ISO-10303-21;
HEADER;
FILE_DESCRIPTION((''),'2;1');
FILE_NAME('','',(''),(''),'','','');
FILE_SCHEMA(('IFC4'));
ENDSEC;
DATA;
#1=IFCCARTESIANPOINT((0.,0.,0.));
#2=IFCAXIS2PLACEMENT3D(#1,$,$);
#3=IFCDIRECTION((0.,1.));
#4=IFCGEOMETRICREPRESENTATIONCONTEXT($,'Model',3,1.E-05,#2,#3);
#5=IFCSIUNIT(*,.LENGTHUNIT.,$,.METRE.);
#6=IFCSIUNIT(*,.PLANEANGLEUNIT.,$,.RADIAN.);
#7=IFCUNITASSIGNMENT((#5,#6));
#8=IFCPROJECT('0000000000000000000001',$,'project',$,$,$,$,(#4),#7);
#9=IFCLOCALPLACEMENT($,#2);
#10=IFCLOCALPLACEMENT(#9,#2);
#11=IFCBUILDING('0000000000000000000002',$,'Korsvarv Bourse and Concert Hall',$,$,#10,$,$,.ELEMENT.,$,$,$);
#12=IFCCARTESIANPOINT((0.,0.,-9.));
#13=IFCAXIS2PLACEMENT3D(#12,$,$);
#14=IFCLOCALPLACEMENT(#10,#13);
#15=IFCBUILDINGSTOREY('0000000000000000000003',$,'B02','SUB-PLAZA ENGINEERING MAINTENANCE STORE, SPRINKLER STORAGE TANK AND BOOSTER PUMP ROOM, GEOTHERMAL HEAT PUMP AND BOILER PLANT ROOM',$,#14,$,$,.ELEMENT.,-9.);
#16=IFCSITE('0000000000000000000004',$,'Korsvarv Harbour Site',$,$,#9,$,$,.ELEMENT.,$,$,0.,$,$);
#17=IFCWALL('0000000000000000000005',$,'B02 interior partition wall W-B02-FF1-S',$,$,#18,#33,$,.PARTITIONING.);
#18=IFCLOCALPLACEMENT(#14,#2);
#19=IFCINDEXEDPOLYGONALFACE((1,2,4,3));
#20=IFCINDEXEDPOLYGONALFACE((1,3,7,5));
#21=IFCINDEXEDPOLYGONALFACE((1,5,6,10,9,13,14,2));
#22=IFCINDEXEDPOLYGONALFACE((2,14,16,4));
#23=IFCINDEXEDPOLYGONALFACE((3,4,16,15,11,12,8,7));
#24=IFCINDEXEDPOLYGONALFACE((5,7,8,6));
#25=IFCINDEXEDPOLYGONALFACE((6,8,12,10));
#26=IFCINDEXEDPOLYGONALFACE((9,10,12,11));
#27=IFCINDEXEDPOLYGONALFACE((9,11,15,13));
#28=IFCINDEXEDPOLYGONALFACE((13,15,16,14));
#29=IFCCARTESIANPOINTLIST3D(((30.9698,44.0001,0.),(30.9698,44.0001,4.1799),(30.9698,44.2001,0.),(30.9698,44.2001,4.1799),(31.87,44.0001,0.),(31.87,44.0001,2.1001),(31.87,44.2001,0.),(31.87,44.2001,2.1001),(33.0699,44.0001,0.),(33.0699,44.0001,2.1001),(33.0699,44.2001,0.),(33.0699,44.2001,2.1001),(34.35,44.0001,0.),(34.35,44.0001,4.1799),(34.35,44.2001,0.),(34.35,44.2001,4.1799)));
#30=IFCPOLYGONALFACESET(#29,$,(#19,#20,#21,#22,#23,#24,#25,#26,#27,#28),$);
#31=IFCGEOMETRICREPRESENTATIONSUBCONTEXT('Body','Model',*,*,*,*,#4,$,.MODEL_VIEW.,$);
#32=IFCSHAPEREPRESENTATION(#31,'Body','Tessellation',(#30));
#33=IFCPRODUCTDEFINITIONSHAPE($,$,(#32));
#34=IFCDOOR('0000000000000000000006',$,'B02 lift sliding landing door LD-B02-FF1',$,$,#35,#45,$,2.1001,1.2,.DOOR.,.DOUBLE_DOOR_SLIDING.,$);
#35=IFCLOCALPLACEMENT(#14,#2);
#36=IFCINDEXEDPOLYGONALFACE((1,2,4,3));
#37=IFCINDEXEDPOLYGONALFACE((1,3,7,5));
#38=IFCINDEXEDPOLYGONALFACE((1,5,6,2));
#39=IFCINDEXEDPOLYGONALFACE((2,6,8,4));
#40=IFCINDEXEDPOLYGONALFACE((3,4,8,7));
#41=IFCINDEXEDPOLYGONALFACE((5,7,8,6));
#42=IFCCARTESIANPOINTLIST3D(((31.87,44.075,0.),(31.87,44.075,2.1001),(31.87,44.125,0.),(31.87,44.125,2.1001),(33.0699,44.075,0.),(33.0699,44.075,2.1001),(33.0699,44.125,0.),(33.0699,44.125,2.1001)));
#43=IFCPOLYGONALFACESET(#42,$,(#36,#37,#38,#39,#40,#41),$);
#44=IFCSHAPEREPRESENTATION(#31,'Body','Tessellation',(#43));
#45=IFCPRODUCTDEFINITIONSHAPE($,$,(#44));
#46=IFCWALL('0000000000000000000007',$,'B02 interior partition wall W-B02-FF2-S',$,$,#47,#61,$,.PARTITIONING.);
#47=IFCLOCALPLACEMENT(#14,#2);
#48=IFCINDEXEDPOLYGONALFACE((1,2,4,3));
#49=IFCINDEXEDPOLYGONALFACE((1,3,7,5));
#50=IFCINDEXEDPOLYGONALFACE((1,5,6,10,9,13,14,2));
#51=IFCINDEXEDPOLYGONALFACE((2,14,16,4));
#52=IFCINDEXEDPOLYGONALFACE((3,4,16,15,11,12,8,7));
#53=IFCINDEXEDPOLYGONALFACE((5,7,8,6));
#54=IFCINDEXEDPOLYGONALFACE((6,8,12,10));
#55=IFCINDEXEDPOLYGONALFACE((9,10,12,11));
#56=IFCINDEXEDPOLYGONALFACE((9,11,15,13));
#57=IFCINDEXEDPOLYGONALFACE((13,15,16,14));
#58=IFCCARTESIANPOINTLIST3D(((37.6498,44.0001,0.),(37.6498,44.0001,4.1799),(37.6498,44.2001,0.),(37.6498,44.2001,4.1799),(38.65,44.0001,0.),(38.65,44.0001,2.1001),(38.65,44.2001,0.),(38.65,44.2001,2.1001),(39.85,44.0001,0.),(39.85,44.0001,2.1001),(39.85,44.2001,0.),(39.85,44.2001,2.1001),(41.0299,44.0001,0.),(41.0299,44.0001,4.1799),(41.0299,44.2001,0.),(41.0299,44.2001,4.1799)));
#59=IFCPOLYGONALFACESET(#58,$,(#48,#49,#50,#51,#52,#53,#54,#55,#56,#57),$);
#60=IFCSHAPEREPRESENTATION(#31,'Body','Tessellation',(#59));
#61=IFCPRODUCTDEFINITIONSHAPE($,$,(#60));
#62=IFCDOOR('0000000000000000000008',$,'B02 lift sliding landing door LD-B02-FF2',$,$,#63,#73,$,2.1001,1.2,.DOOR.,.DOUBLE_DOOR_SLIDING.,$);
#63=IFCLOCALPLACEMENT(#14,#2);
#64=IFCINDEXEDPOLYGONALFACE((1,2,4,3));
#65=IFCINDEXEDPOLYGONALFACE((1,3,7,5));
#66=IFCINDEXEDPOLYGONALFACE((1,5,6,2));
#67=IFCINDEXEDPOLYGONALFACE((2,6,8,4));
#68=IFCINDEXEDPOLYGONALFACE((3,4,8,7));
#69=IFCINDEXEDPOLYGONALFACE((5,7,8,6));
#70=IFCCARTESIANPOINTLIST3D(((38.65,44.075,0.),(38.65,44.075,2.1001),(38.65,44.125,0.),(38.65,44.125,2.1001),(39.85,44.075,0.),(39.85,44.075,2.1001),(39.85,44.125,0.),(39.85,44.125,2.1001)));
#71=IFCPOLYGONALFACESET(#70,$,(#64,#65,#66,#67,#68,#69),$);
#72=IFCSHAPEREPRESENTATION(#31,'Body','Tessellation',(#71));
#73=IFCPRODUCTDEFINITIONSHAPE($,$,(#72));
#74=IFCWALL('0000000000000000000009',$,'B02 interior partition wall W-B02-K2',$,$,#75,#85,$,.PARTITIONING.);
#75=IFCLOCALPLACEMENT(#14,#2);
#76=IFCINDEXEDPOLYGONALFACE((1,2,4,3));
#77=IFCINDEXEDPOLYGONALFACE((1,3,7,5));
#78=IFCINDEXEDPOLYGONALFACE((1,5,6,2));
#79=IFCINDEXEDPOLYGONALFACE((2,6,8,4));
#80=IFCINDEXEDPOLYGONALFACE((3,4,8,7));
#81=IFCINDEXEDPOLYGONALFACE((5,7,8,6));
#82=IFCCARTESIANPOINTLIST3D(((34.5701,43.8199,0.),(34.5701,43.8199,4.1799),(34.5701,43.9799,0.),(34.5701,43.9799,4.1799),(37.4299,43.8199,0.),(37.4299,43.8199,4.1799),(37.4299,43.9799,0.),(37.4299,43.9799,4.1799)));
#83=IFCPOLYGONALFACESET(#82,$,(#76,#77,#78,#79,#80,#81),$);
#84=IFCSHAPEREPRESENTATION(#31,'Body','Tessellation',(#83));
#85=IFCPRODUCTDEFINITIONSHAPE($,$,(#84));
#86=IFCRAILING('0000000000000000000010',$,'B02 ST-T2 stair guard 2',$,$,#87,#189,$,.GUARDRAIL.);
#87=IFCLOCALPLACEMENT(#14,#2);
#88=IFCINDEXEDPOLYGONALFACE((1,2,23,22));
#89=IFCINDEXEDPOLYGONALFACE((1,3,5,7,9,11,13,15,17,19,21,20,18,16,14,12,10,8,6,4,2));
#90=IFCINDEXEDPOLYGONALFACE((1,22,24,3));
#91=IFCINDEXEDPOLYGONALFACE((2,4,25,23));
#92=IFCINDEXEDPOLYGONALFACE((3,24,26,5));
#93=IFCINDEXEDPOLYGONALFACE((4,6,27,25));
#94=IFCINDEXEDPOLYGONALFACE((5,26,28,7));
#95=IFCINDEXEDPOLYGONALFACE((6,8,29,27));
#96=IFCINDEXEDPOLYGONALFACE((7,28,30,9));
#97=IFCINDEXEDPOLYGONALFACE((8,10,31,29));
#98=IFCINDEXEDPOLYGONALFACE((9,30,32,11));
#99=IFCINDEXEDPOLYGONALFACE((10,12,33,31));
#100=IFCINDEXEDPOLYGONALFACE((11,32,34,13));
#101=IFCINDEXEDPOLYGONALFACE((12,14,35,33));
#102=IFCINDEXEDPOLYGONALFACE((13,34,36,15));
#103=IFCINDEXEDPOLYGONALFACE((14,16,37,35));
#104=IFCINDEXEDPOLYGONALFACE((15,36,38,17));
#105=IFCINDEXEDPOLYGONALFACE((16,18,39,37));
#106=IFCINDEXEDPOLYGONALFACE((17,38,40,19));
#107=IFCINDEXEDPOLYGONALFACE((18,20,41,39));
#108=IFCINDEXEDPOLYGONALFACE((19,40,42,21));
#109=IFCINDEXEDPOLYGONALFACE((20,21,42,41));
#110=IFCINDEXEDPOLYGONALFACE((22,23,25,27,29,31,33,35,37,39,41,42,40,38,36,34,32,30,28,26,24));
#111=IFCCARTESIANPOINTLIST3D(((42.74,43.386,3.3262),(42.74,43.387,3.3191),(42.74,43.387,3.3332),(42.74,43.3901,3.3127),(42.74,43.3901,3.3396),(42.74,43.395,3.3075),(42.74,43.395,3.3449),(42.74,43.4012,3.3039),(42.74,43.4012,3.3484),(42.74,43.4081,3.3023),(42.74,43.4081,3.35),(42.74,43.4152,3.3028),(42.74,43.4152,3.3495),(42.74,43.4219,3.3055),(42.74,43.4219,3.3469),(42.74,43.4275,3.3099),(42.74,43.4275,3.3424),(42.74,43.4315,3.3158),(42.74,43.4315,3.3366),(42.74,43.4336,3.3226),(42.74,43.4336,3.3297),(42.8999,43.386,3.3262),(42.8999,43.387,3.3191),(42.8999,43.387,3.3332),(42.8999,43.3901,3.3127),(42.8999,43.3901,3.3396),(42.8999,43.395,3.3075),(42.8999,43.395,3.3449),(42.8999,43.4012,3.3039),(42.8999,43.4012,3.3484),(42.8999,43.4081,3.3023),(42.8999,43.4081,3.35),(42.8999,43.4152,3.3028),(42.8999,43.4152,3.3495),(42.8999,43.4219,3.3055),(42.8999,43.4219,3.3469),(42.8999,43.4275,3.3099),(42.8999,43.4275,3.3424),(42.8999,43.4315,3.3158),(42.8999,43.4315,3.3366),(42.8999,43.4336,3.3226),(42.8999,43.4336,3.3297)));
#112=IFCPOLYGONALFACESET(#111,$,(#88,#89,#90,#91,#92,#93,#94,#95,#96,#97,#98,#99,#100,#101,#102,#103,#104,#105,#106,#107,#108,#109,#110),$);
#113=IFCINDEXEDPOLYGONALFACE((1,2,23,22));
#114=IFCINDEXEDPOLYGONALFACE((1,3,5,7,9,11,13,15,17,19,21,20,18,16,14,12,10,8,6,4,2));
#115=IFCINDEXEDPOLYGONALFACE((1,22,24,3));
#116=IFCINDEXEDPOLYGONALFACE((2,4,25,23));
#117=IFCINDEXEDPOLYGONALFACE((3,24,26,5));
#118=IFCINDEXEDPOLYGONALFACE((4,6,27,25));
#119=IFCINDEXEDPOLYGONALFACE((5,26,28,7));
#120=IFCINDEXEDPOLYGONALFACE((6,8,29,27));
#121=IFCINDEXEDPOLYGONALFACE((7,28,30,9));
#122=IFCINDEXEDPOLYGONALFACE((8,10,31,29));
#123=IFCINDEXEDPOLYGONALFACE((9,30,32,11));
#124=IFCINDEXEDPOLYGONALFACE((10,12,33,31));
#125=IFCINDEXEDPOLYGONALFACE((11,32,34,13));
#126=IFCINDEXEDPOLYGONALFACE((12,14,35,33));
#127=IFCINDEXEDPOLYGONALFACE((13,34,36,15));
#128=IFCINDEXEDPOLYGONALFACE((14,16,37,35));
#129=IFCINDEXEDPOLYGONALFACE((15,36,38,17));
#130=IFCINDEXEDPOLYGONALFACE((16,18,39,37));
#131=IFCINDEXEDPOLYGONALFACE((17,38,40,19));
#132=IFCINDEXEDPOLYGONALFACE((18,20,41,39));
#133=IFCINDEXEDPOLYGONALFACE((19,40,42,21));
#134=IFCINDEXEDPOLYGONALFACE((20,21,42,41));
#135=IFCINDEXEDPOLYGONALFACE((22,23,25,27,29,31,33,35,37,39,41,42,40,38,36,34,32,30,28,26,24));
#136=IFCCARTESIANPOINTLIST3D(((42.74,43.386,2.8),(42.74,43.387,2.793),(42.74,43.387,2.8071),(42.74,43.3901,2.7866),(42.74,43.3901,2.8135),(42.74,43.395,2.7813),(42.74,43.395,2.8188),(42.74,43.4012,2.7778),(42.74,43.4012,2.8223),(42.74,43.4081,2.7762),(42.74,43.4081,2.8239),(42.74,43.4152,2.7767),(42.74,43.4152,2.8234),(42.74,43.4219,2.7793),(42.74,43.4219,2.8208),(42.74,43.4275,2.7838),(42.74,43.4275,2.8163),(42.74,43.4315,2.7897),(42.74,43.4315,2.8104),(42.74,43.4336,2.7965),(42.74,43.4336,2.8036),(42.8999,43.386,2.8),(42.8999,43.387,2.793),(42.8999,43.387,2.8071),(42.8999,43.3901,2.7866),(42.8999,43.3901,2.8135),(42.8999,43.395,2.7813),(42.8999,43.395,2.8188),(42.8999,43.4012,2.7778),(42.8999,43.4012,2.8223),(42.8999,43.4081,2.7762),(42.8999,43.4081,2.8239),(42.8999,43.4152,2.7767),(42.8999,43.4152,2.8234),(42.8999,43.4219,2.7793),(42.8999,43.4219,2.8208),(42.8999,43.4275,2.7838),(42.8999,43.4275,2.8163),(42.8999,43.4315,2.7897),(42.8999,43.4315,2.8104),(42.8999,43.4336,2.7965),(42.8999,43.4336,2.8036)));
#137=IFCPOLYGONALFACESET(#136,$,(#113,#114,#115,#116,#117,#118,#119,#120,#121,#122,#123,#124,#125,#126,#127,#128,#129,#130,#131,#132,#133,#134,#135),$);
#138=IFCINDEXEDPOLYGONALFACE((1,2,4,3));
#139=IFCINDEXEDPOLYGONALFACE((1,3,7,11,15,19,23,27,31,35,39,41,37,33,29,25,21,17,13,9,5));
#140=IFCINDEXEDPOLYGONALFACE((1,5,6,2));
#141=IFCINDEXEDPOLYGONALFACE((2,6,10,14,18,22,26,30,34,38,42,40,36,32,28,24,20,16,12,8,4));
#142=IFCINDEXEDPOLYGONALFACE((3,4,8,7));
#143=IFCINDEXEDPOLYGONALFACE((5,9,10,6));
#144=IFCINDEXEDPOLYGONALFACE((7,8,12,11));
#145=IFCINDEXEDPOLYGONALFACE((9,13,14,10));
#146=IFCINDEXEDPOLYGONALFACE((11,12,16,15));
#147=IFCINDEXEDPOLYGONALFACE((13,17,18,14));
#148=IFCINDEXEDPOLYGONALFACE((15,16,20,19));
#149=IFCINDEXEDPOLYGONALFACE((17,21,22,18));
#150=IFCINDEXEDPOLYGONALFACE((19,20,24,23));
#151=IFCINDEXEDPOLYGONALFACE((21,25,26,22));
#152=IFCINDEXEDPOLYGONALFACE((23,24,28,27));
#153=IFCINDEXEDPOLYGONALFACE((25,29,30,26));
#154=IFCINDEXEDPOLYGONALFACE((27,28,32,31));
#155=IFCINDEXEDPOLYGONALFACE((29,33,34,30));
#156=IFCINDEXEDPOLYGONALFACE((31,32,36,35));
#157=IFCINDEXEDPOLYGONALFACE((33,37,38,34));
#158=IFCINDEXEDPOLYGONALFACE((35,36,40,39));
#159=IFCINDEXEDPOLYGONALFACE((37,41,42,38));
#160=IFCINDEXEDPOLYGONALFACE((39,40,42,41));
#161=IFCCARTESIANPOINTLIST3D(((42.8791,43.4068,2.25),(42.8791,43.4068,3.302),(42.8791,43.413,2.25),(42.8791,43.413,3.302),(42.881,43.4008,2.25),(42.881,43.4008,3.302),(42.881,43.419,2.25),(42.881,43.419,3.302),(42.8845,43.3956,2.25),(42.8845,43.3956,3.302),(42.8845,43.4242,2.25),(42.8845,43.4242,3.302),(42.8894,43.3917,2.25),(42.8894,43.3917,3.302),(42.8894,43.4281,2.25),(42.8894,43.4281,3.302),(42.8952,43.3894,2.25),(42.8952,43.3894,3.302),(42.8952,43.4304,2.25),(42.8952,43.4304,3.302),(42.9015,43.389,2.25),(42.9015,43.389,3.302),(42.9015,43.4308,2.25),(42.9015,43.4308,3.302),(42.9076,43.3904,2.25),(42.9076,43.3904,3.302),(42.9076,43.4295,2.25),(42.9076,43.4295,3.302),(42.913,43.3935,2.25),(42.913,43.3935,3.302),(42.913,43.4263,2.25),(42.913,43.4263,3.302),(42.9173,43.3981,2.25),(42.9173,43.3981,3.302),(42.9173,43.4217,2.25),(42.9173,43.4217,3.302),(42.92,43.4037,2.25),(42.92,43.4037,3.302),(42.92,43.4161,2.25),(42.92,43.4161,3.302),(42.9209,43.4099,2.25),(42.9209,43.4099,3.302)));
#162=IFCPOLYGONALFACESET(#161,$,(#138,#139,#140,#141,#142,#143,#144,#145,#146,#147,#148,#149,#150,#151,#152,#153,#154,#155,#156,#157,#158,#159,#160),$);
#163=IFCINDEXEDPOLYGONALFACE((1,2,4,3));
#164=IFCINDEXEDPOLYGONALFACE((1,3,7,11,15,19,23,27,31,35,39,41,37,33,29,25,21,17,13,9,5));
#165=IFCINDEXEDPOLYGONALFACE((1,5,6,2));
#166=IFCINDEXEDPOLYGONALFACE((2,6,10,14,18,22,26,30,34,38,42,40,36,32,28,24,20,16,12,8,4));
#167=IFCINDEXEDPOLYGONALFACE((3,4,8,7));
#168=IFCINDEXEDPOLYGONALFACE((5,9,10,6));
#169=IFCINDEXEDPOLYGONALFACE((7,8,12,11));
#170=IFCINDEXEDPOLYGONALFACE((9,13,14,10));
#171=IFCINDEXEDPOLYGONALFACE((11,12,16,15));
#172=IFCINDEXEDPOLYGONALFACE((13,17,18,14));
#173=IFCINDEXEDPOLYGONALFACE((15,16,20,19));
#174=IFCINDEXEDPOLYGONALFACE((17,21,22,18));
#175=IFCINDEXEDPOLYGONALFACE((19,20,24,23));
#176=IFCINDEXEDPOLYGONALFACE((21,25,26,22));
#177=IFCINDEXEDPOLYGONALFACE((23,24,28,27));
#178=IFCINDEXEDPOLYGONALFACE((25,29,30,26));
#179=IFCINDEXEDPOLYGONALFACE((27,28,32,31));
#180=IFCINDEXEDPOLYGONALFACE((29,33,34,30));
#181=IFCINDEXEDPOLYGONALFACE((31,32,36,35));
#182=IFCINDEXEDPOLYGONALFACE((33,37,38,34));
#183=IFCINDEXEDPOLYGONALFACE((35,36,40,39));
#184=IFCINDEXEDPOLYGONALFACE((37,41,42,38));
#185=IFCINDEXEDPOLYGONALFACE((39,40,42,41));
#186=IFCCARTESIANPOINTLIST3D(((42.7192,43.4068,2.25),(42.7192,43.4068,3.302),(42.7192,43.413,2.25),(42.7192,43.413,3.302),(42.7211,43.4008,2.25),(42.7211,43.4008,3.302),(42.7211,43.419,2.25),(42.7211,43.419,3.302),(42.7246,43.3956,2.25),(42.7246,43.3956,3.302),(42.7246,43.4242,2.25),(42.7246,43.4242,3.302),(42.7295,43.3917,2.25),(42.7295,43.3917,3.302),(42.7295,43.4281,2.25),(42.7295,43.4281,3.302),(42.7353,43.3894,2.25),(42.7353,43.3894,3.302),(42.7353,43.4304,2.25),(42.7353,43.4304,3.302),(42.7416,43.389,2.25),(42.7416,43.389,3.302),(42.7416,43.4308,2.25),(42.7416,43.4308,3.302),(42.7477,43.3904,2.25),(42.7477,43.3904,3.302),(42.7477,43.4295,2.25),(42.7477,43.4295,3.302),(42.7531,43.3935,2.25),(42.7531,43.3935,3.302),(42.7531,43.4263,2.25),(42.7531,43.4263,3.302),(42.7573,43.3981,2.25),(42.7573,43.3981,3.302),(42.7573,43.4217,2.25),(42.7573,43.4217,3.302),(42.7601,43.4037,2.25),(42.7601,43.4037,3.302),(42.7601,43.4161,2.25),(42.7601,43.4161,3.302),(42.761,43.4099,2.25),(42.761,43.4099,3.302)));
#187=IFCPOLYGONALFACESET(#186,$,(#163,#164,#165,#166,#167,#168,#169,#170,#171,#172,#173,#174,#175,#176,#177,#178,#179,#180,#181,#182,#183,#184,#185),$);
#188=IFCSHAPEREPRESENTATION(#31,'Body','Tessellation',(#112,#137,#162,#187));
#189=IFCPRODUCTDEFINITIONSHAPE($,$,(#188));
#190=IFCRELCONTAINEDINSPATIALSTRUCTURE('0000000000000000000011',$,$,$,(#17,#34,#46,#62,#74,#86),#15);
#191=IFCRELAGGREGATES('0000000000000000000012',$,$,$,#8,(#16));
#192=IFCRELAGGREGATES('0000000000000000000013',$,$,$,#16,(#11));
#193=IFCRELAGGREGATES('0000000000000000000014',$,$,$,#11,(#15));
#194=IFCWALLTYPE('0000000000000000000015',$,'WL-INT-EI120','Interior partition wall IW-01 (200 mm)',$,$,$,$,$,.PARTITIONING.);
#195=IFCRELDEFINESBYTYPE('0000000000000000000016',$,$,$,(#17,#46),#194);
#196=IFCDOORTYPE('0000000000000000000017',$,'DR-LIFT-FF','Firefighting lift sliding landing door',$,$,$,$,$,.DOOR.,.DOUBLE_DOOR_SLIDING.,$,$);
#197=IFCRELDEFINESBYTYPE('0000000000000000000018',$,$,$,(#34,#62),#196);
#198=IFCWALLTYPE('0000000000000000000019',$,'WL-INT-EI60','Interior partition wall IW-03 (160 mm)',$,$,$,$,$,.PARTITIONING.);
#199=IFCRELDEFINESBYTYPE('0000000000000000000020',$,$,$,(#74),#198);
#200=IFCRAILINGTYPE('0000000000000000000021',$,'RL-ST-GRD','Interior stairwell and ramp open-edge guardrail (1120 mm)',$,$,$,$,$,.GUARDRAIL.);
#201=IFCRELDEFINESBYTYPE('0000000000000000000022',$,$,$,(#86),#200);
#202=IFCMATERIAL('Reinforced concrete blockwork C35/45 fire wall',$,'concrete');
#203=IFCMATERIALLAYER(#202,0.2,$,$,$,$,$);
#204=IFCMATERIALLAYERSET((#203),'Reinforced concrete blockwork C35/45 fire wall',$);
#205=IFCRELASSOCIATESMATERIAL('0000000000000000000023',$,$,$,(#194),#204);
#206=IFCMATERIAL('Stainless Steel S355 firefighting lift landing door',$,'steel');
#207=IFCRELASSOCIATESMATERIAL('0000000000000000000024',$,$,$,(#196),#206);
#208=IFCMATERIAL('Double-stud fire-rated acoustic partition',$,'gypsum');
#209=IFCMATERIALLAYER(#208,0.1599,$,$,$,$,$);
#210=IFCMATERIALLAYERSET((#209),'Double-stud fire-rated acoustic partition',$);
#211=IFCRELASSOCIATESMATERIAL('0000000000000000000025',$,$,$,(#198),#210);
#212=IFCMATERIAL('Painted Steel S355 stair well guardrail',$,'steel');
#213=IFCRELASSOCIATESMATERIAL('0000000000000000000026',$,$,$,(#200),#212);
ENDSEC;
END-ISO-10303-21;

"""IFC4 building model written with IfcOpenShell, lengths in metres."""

from ifc_helpers import new_model, si_unit, direction, frame, frame_2d, origin, origin_2d, place, context, subcontext, project, spatial, rectangle, circle, extrude, material, layer, layer_set, type_object, element, fill, save


model = new_model("IFC4")

# Units and contexts
model_context = context("Model", 3, precision=1e-05, world=origin(), true_north=direction((0.0, 1.0)))
body_context = subcontext(model_context, "Body", "Model", "MODEL_VIEW")
ifc_project = project(units=[si_unit("LENGTHUNIT", "METRE"), si_unit("PLANEANGLEUNIT", "RADIAN")], contexts=[model_context])

# Site, building, storey
site_placement = place(None, origin())
site = spatial("IfcSite", under=ifc_project, at=site_placement, Name="Korsvarv Harbour Site", CompositionType="ELEMENT", RefElevation=0.0)
building_placement = place(site_placement, origin())
building = spatial("IfcBuilding", under=site, at=building_placement, Name="Korsvarv Bourse and Concert Hall", CompositionType="ELEMENT")
storey_placement = place(building_placement, frame((0.0, 0.0, -9.0)))
storey = spatial("IfcBuildingStorey", under=building, at=storey_placement, Name="B02", Description="SUB-PLAZA ENGINEERING MAINTENANCE STORE, SPRINKLER STORAGE TANK AND BOOSTER PUMP ROOM, GEOTHERMAL HEAT PUMP AND BOILER PLANT ROOM", CompositionType="ELEMENT", Elevation=-9.0)

# Walls, openings, doors
ifc_material_1 = material(Name="Reinforced concrete blockwork C35/45 fire wall", Category="concrete")
ifc_layer_1 = layer(ifc_material_1, 0.2)
ifc_layer_set_1 = layer_set([ifc_layer_1], Name="Reinforced concrete blockwork C35/45 fire wall")
wall_type_1 = type_object("IfcWallType", Name="WL-INT-EI120", Description="Interior partition wall IW-01 (200 mm)", PredefinedType="PARTITIONING", material=ifc_layer_set_1)
wall_1_placement = place(storey_placement, frame((30.97, 44.1001, 0.0), z_axis=(0.0, 0.0, 1.0), x_axis=(1.0, 0.0, 0.0)))
wall_1 = element("IfcWall", 1, at=wall_1_placement, inside=storey, type_object=wall_type_1, Name="B02 interior partition wall W-B02-FF1-S", PredefinedType="PARTITIONING", context=body_context, shape_type="SweptSolid", body=[
    extrude(rectangle(XDim=3.3801, YDim=0.2, at=frame_2d((1.6899, 0.0))), origin(), (0.0, 0.0, 1.0), 4.1799),
])
opening_1_placement = place(wall_1_placement, frame((0.8999, 0.0, 0.0)))
opening_1 = element("IfcOpeningElement", 2, at=opening_1_placement, cuts=wall_1, PredefinedType="OPENING", context=body_context, shape_type="SweptSolid", body=[
    extrude(rectangle(XDim=1.2, YDim=2.1001, at=frame_2d((0.6001, 1.05))), frame((0.0, 0.1099, 0.0), z_axis=(0.0, -1.0, 0.0), x_axis=(1.0, 0.0, 0.0)), (0.0, 0.0, 1.0), 0.22),
])
ifc_material_2 = material(Name="Stainless Steel S355 firefighting lift landing door", Category="steel")
door_type = type_object("IfcDoorType", Name="DR-LIFT-FF", Description="Firefighting lift sliding landing door", OperationType="DOUBLE_DOOR_SLIDING", PredefinedType="DOOR", material=ifc_material_2)
door_1_placement = place(opening_1_placement, origin())
door_1 = element("IfcDoor", 3, at=door_1_placement, inside=storey, type_object=door_type, Name="B02 lift sliding landing door LD-B02-FF1", OperationType="DOUBLE_DOOR_SLIDING", OverallHeight=2.1001, OverallWidth=1.2, PredefinedType="DOOR", context=body_context, shape_type="SweptSolid", body=[
    extrude(rectangle(XDim=1.2, YDim=2.1001, at=frame_2d((0.6001, 1.05))), frame((0.0, 0.0249, 0.0), z_axis=(0.0, -1.0, 0.0), x_axis=(1.0, 0.0, 0.0)), (0.0, 0.0, 1.0), 0.05),
])
fill(opening_1, door_1)
wall_2_placement = place(storey_placement, frame((37.6499, 44.1001, 0.0), z_axis=(0.0, 0.0, 1.0), x_axis=(1.0, 0.0, 0.0)))
wall_2 = element("IfcWall", 4, at=wall_2_placement, inside=storey, type_object=wall_type_1, Name="B02 interior partition wall W-B02-FF2-S", PredefinedType="PARTITIONING", context=body_context, shape_type="SweptSolid", body=[
    extrude(rectangle(XDim=3.3801, YDim=0.2, at=frame_2d((1.6899, 0.0))), origin(), (0.0, 0.0, 1.0), 4.1799),
])
opening_2_placement = place(wall_2_placement, frame((1.0, 0.0, 0.0)))
opening_2 = element("IfcOpeningElement", 5, at=opening_2_placement, cuts=wall_2, PredefinedType="OPENING", context=body_context, shape_type="SweptSolid", body=[
    extrude(rectangle(XDim=1.2, YDim=2.1001, at=frame_2d((0.6001, 1.05))), frame((0.0, 0.1099, 0.0), z_axis=(0.0, -1.0, 0.0), x_axis=(1.0, 0.0, 0.0)), (0.0, 0.0, 1.0), 0.22),
])
door_2_placement = place(opening_2_placement, origin())
door_2 = element("IfcDoor", 6, at=door_2_placement, inside=storey, type_object=door_type, Name="B02 lift sliding landing door LD-B02-FF2", OperationType="DOUBLE_DOOR_SLIDING", OverallHeight=2.1001, OverallWidth=1.2, PredefinedType="DOOR", context=body_context, shape_type="SweptSolid", body=[
    extrude(rectangle(XDim=1.2, YDim=2.1001, at=frame_2d((0.6001, 1.05))), frame((0.0, 0.0249, 0.0), z_axis=(0.0, -1.0, 0.0), x_axis=(1.0, 0.0, 0.0)), (0.0, 0.0, 1.0), 0.05),
])
fill(opening_2, door_2)

# Wall
ifc_material_3 = material(Name="Double-stud fire-rated acoustic partition", Category="gypsum")
ifc_layer_2 = layer(ifc_material_3, 0.1599)
ifc_layer_set_2 = layer_set([ifc_layer_2], Name="Double-stud fire-rated acoustic partition")
wall_type_2 = type_object("IfcWallType", Name="WL-INT-EI60", Description="Interior partition wall IW-03 (160 mm)", PredefinedType="PARTITIONING", material=ifc_layer_set_2)
wall_3_placement = place(storey_placement, frame((34.5701, 43.8999, 0.0), z_axis=(0.0, 0.0, 1.0), x_axis=(1.0, 0.0, 0.0)))
element("IfcWall", 7, at=wall_3_placement, inside=storey, type_object=wall_type_2, Name="B02 interior partition wall W-B02-K2", PredefinedType="PARTITIONING", context=body_context, shape_type="SweptSolid", body=[
    extrude(rectangle(XDim=2.8599, YDim=0.1599, at=frame_2d((1.4299, 0.0))), origin(), (0.0, 0.0, 1.0), 4.1799),
])

# Railing
ifc_material_4 = material(Name="Painted Steel S355 stair well guardrail", Category="steel")
railing_type = type_object("IfcRailingType", Name="RL-ST-GRD", Description="Interior stairwell and ramp open-edge guardrail (1120 mm)", PredefinedType="GUARDRAIL", material=ifc_material_4)
railing_placement = place(storey_placement, frame((42.8999, 43.4099, 2.25)))
element("IfcRailing", 8, at=railing_placement, inside=storey, type_object=railing_type, Name="B02 ST-T2 stair guard 2", PredefinedType="GUARDRAIL", context=body_context, shape_type="SweptSolid", body=[
    extrude(circle(Radius=0.0239, at=origin_2d()), frame((0.0, 0.0, 1.0762), z_axis=(-1.0, 0.0, 0.0), x_axis=(0.0, -1.0, 0.0)), (0.0, 0.0, 1.0), 0.1599),
    extrude(circle(Radius=0.0239, at=origin_2d()), frame((0.0, 0.0, 0.55), z_axis=(-1.0, 0.0, 0.0), x_axis=(0.0, -1.0, 0.0)), (0.0, 0.0, 1.0), 0.1599),
    extrude(circle(Radius=0.021, at=origin_2d()), origin(), (0.0, 0.0, 1.0), 1.052),
    extrude(circle(Radius=0.021, at=origin_2d()), frame((-0.1599, 0.0, 0.0)), (0.0, 0.0, 1.0), 1.052),
])

save(model, "model.ifc")
